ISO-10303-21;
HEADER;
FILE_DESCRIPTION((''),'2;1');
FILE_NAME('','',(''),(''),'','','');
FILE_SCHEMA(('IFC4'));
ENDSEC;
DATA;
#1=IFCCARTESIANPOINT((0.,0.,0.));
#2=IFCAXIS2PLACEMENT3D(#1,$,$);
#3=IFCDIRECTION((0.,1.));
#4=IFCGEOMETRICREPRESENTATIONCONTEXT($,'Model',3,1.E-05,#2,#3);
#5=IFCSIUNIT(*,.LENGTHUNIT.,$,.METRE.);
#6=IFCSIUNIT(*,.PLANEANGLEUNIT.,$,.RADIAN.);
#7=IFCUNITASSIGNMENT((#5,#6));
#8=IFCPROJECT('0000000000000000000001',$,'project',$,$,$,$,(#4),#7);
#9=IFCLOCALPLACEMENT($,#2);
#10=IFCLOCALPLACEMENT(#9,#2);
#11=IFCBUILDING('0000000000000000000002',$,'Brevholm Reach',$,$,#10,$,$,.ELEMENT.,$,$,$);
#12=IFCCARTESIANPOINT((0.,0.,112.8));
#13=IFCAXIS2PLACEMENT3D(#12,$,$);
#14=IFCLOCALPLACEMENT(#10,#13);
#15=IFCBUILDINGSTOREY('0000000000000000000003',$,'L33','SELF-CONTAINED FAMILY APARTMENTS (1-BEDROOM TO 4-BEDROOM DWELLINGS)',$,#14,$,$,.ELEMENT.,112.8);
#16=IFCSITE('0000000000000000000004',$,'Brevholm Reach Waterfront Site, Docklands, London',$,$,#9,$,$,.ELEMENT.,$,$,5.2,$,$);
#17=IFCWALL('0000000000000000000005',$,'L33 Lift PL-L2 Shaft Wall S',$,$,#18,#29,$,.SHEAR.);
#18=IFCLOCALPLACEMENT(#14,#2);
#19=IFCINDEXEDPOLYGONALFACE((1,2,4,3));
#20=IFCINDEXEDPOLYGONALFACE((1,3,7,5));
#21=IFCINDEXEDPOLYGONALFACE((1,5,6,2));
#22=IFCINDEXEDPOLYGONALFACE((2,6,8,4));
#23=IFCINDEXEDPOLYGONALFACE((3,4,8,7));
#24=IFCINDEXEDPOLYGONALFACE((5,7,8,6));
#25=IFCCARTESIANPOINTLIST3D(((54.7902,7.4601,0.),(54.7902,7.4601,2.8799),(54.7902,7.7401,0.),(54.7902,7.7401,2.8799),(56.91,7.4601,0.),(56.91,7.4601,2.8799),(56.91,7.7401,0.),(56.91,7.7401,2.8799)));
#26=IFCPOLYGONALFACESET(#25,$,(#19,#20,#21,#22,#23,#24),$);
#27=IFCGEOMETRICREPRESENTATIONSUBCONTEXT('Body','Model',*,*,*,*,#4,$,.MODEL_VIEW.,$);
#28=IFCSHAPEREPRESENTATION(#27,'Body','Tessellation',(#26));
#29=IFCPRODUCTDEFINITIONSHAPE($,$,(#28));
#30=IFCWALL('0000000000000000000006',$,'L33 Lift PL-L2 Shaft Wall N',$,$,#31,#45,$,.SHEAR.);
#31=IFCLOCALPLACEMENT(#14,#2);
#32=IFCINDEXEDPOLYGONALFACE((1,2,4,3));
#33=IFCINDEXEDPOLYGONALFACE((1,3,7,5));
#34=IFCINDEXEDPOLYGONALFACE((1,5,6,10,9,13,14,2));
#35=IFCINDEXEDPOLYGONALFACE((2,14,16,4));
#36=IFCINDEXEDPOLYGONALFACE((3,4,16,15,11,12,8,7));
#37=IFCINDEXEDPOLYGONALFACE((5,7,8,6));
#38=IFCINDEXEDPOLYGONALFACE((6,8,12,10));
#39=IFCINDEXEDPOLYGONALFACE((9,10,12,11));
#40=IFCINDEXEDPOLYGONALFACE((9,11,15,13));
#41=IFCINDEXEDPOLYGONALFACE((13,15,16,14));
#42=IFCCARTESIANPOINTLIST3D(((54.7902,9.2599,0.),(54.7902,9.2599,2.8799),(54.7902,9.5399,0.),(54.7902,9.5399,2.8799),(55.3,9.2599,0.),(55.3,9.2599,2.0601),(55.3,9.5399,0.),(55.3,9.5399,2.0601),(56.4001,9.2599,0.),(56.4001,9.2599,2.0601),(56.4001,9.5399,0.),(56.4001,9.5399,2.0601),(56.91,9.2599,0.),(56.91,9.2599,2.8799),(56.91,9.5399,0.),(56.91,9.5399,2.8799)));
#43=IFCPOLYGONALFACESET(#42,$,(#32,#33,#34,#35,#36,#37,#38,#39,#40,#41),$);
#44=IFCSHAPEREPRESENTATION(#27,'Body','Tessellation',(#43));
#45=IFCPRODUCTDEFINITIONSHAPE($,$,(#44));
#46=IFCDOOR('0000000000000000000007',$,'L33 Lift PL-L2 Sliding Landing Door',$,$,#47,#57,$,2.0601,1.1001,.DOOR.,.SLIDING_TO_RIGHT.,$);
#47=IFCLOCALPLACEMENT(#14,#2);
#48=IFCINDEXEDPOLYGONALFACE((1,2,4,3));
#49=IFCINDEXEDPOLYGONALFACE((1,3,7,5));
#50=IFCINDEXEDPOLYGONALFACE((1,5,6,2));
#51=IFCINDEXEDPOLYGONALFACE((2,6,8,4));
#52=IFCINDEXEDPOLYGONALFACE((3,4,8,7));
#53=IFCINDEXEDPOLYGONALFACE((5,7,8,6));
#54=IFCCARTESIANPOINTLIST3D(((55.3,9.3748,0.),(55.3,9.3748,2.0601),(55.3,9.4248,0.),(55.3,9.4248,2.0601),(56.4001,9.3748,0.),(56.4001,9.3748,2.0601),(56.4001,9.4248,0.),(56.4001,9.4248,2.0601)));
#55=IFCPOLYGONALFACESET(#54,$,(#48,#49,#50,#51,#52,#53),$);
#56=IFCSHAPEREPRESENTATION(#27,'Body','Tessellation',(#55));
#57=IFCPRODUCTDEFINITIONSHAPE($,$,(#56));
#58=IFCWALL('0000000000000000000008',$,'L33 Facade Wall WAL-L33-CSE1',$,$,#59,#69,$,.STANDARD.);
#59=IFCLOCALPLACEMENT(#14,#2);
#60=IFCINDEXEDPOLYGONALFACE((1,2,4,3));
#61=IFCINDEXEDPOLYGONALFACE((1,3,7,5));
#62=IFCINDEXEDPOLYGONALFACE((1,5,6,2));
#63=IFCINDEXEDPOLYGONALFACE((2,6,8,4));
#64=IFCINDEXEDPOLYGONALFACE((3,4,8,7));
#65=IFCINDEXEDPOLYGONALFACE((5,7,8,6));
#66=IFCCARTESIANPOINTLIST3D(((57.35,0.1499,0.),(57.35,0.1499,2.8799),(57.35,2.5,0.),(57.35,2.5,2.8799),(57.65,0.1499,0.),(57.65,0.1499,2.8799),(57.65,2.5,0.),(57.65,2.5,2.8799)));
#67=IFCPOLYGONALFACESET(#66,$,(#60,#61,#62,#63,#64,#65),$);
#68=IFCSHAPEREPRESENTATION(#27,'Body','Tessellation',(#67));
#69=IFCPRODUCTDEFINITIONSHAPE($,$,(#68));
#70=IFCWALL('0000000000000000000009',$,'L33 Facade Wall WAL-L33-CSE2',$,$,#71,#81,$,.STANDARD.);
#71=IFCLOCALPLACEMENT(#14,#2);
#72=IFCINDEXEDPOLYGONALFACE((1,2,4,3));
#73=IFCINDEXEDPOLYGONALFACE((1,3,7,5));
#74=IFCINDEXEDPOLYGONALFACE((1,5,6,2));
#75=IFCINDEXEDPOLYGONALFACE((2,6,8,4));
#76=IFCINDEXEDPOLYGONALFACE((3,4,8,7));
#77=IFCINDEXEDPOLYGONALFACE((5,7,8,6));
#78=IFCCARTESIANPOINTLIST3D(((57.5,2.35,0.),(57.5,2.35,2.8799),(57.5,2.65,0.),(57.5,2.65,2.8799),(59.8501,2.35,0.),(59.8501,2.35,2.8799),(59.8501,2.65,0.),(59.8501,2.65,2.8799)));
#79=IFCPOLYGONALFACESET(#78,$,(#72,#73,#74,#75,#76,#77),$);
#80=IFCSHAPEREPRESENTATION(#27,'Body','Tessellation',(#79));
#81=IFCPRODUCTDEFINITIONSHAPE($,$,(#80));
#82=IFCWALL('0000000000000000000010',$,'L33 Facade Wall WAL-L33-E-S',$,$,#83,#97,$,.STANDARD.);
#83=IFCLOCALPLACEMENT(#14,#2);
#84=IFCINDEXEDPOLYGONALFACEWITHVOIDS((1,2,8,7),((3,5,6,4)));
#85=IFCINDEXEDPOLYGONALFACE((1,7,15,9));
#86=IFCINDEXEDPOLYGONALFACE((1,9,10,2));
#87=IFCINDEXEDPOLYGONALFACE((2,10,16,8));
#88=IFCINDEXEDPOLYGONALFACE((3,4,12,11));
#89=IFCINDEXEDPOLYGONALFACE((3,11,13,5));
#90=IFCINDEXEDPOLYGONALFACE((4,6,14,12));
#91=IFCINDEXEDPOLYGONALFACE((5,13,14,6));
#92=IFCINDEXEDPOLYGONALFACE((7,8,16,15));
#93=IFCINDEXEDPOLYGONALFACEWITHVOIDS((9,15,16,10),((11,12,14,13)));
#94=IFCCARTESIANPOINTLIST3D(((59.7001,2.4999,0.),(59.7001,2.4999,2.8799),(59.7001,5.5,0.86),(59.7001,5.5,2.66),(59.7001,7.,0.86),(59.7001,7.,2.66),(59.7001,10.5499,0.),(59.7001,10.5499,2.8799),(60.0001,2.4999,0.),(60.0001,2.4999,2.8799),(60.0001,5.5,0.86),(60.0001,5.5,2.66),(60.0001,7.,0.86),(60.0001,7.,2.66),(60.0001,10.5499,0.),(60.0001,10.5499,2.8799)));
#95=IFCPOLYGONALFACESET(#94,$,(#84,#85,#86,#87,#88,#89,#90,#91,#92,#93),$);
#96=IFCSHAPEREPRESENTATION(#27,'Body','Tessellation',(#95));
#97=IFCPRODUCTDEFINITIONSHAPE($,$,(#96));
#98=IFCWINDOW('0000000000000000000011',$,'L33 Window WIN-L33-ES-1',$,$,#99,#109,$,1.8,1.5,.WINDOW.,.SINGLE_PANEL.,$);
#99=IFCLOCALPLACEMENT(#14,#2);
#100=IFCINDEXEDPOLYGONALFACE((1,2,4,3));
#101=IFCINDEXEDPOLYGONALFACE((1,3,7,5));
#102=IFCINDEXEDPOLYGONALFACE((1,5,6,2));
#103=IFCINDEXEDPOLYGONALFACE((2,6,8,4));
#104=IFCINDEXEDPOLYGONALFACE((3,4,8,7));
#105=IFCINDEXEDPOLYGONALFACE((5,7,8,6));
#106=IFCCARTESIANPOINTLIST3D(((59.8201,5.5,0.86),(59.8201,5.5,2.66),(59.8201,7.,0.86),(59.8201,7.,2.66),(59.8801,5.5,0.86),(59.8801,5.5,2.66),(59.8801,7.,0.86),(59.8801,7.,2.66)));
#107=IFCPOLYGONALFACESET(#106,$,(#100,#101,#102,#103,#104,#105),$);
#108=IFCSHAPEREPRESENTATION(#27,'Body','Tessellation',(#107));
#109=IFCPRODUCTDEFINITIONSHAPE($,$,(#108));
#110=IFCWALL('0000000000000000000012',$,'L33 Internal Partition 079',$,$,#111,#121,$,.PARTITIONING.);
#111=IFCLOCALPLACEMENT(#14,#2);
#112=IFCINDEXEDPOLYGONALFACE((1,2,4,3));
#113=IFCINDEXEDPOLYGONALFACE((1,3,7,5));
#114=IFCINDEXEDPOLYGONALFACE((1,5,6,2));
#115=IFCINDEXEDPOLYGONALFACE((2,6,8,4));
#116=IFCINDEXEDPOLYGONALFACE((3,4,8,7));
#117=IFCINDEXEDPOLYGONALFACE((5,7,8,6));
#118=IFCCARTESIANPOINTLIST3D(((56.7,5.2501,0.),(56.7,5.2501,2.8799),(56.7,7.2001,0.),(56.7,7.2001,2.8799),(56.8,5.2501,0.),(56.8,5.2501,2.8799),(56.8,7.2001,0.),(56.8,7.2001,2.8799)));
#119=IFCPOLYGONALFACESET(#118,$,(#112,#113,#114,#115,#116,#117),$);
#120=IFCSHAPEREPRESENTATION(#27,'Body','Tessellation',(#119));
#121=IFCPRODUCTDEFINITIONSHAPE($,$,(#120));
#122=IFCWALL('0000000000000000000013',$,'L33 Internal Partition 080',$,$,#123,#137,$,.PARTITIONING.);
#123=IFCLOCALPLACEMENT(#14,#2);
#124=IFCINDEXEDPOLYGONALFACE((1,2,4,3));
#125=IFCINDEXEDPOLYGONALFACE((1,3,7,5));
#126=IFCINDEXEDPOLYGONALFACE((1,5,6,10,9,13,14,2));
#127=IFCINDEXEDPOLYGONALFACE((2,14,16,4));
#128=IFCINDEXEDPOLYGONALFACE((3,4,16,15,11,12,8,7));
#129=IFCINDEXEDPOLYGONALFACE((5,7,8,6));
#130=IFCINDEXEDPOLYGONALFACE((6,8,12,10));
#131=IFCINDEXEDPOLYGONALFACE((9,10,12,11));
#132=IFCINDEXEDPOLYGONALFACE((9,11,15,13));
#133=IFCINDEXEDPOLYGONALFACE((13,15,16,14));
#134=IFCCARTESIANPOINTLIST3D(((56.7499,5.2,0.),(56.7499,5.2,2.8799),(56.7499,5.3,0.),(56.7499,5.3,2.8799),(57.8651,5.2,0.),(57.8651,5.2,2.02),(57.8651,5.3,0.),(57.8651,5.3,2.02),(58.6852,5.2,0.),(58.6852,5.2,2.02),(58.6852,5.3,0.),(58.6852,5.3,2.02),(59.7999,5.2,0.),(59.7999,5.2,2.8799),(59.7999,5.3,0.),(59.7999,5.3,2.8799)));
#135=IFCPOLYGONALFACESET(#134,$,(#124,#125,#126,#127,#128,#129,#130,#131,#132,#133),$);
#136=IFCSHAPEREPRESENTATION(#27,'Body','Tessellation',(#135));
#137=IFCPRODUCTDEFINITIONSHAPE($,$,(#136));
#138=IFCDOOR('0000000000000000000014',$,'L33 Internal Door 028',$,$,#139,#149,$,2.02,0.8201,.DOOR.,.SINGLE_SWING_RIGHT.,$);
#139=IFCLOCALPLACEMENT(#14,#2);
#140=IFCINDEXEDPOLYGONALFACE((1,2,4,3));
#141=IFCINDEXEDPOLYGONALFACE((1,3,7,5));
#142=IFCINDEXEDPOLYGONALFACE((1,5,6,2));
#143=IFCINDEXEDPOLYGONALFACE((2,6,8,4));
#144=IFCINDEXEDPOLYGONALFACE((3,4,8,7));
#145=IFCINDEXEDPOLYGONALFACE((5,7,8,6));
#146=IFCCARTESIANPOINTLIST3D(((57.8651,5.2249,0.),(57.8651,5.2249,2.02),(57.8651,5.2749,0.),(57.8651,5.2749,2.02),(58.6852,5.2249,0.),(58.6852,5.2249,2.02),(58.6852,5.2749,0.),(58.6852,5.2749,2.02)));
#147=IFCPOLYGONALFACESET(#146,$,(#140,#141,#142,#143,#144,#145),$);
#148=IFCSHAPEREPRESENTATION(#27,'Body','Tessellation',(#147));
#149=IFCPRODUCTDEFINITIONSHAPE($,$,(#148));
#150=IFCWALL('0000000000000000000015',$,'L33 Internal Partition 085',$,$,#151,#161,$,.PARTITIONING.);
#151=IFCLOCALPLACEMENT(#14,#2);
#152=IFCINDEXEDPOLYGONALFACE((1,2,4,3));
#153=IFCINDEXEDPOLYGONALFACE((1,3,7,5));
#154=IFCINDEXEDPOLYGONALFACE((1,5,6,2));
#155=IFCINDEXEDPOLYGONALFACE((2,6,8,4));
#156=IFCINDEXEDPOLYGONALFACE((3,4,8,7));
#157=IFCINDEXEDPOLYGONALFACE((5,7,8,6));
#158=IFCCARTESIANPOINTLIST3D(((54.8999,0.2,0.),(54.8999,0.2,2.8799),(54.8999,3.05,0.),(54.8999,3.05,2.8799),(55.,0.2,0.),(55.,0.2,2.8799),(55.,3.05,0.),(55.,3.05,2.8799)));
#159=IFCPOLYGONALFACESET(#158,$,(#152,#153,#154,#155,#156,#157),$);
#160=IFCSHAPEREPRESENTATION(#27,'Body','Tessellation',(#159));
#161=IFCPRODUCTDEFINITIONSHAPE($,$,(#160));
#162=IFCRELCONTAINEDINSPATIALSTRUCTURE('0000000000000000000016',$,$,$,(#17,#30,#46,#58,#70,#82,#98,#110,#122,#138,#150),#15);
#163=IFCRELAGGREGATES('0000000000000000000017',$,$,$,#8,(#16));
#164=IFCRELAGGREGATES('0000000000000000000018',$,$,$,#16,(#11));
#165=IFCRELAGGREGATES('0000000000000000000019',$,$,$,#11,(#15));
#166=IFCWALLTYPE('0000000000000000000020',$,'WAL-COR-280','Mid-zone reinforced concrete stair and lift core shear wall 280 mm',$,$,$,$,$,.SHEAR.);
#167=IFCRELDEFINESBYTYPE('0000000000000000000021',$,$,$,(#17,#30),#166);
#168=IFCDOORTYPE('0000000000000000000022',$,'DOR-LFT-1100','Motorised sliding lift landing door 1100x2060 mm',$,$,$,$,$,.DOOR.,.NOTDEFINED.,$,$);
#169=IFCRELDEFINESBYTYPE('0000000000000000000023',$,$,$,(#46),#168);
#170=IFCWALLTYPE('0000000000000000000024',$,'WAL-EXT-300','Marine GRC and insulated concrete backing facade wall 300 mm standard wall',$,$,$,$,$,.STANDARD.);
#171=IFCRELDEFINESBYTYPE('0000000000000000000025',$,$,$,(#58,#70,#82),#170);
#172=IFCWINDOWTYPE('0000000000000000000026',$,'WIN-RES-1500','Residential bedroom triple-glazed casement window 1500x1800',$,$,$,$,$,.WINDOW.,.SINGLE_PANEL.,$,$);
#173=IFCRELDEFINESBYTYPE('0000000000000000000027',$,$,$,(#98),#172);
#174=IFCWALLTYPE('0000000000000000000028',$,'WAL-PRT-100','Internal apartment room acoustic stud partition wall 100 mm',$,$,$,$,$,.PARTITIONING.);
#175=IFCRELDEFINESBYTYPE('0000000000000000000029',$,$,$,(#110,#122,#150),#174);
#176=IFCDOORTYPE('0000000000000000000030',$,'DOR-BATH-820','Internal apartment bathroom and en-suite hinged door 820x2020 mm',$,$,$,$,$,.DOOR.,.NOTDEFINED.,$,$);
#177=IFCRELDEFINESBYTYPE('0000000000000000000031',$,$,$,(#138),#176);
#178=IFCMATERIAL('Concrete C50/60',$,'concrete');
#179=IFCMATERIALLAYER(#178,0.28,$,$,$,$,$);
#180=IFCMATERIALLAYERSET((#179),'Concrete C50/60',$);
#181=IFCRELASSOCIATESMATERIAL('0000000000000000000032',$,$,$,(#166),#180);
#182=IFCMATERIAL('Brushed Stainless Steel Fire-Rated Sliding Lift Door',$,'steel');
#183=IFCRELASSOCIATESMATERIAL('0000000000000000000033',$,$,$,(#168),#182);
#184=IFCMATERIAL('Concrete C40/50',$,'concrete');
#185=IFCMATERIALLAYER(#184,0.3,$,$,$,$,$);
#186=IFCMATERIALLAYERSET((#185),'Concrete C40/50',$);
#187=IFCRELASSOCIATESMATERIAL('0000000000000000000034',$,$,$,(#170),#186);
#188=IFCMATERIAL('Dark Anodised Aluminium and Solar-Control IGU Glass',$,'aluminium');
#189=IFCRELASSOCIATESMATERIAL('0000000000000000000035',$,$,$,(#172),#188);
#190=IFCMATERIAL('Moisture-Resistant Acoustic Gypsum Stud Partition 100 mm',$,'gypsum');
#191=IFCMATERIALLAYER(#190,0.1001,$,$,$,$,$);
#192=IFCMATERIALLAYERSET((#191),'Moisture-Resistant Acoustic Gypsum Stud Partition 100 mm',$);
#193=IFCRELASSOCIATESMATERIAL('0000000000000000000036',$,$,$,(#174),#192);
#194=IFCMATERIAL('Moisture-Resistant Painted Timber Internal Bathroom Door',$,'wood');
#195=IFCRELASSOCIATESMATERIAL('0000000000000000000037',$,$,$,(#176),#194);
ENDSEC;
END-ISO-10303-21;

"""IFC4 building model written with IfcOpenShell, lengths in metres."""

from ifc_helpers import new_model, si_unit, direction, frame, frame_2d, origin, place, context, subcontext, project, spatial, rectangle, extrude, material, layer, layer_set, type_object, element, fill, save


model = new_model("IFC4")

# Units and contexts
model_context = context("Model", 3, precision=1e-05, world=origin(), true_north=direction((0.0, 1.0)))
body_context = subcontext(model_context, "Body", "Model", "MODEL_VIEW")
ifc_project = project(units=[si_unit("LENGTHUNIT", "METRE"), si_unit("PLANEANGLEUNIT", "RADIAN")], contexts=[model_context])

# Site, building, storey
site_placement = place(None, origin())
site = spatial("IfcSite", under=ifc_project, at=site_placement, Name="Brevholm Reach Waterfront Site, Docklands, London", CompositionType="ELEMENT", RefElevation=5.2)
building_placement = place(site_placement, origin())
building = spatial("IfcBuilding", under=site, at=building_placement, Name="Brevholm Reach", CompositionType="ELEMENT")
storey_placement = place(building_placement, frame((0.0, 0.0, 112.8)))
storey = spatial("IfcBuildingStorey", under=building, at=storey_placement, Name="L33", Description="SELF-CONTAINED FAMILY APARTMENTS (1-BEDROOM TO 4-BEDROOM DWELLINGS)", CompositionType="ELEMENT", Elevation=112.8)

# Wall
ifc_material_1 = material(Name="Concrete C50/60", Category="concrete")
ifc_layer_1 = layer(ifc_material_1, 0.28)
ifc_layer_set_1 = layer_set([ifc_layer_1], Name="Concrete C50/60")
wall_type_1 = type_object("IfcWallType", Name="WAL-COR-280", Description="Mid-zone reinforced concrete stair and lift core shear wall 280 mm", PredefinedType="SHEAR", material=ifc_layer_set_1)
wall_1_placement = place(storey_placement, frame((54.79, 7.6001, 0.0), z_axis=(0.0, 0.0, 1.0), x_axis=(1.0, 0.0, 0.0)))
element("IfcWall", 1, at=wall_1_placement, inside=storey, type_object=wall_type_1, Name="L33 Lift PL-L2 Shaft Wall S", PredefinedType="SHEAR", context=body_context, shape_type="SweptSolid", body=[
    extrude(rectangle(XDim=2.1199, YDim=0.28, at=frame_2d((1.0601, 0.0))), origin(), (0.0, 0.0, 1.0), 2.8799),
])

# Wall, opening, door
wall_2_placement = place(storey_placement, frame((54.79, 9.3999, 0.0), z_axis=(0.0, 0.0, 1.0), x_axis=(1.0, 0.0, 0.0)))
wall_2 = element("IfcWall", 2, at=wall_2_placement, inside=storey, type_object=wall_type_1, Name="L33 Lift PL-L2 Shaft Wall N", PredefinedType="SHEAR", context=body_context, shape_type="SweptSolid", body=[
    extrude(rectangle(XDim=2.1199, YDim=0.28, at=frame_2d((1.0601, 0.0))), origin(), (0.0, 0.0, 1.0), 2.8799),
])
opening_1_placement = place(wall_2_placement, frame((0.51, 0.0, 0.0)))
opening_1 = element("IfcOpeningElement", 3, at=opening_1_placement, cuts=wall_2, PredefinedType="OPENING", context=body_context, shape_type="SweptSolid", body=[
    extrude(rectangle(XDim=1.1001, YDim=2.0601, at=frame_2d((0.55, 1.03))), frame((0.0, 0.1499, 0.0), z_axis=(0.0, -1.0, 0.0), x_axis=(1.0, 0.0, 0.0)), (0.0, 0.0, 1.0), 0.3),
])
ifc_material_2 = material(Name="Brushed Stainless Steel Fire-Rated Sliding Lift Door", Category="steel")
door_type_1 = type_object("IfcDoorType", Name="DOR-LFT-1100", Description="Motorised sliding lift landing door 1100x2060 mm", OperationType="NOTDEFINED", PredefinedType="DOOR", material=ifc_material_2)
door_1_placement = place(opening_1_placement, origin())
door_1 = element("IfcDoor", 4, at=door_1_placement, inside=storey, type_object=door_type_1, Name="L33 Lift PL-L2 Sliding Landing Door", OperationType="SLIDING_TO_RIGHT", OverallHeight=2.0601, OverallWidth=1.1001, PredefinedType="DOOR", context=body_context, shape_type="SweptSolid", body=[
    extrude(rectangle(XDim=1.1001, YDim=2.0601, at=frame_2d((0.55, 1.03))), frame((0.0, 0.0249, 0.0), z_axis=(0.0, -1.0, 0.0), x_axis=(1.0, 0.0, 0.0)), (0.0, 0.0, 1.0), 0.05),
])
fill(opening_1, door_1)

# Walls
ifc_material_3 = material(Name="Concrete C40/50", Category="concrete")
ifc_layer_2 = layer(ifc_material_3, 0.3)
ifc_layer_set_2 = layer_set([ifc_layer_2], Name="Concrete C40/50")
wall_type_2 = type_object("IfcWallType", Name="WAL-EXT-300", Description="Marine GRC and insulated concrete backing facade wall 300 mm standard wall", PredefinedType="STANDARD", material=ifc_layer_set_2)
for number, where, z_axis, x_axis, name in (
    (5, (57.5, 0.1499, 0.0), (0.0, 0.0, 1.0), (0.0, 1.0, 0.0), "L33 Facade Wall WAL-L33-CSE1"),
    (6, (57.5, 2.5, 0.0), (0.0, 0.0, 1.0), (1.0, 0.0, 0.0), "L33 Facade Wall WAL-L33-CSE2"),
):
    element("IfcWall", number, at=place(storey_placement, frame(where, z_axis=z_axis, x_axis=x_axis)), inside=storey, type_object=wall_type_2, Name=name, PredefinedType="STANDARD", context=body_context, shape_type="SweptSolid", body=[
        extrude(rectangle(XDim=2.3501, YDim=0.3, at=frame_2d((1.175, 0.0))), origin(), (0.0, 0.0, 1.0), 2.8799),
    ])

# Wall, opening, window
wall_3_placement = place(storey_placement, frame((59.8501, 2.5, 0.0), z_axis=(0.0, 0.0, 1.0), x_axis=(0.0, 1.0, 0.0)))
wall_3 = element("IfcWall", 7, at=wall_3_placement, inside=storey, type_object=wall_type_2, Name="L33 Facade Wall WAL-L33-E-S", PredefinedType="STANDARD", context=body_context, shape_type="SweptSolid", body=[
    extrude(rectangle(XDim=8.05, YDim=0.3, at=frame_2d((4.0249, 0.0))), origin(), (0.0, 0.0, 1.0), 2.8799),
])
opening_2_placement = place(wall_3_placement, frame((3.0, 0.0, 0.8601)))
opening_2 = element("IfcOpeningElement", 8, at=opening_2_placement, cuts=wall_3, PredefinedType="OPENING", context=body_context, shape_type="SweptSolid", body=[
    extrude(rectangle(XDim=1.5, YDim=1.8, at=frame_2d((0.75, 0.8999))), frame((0.0, 0.1599, 0.0), z_axis=(0.0, -1.0, 0.0), x_axis=(1.0, 0.0, 0.0)), (0.0, 0.0, 1.0), 0.3201),
])
ifc_material_4 = material(Name="Dark Anodised Aluminium and Solar-Control IGU Glass", Category="aluminium")
window_type = type_object("IfcWindowType", Name="WIN-RES-1500", Description="Residential bedroom triple-glazed casement window 1500x1800", PartitioningType="SINGLE_PANEL", PredefinedType="WINDOW", material=ifc_material_4)
window_placement = place(opening_2_placement, origin())
window = element("IfcWindow", 9, at=window_placement, inside=storey, type_object=window_type, Name="L33 Window WIN-L33-ES-1", OverallHeight=1.8, OverallWidth=1.5, PartitioningType="SINGLE_PANEL", PredefinedType="WINDOW", context=body_context, shape_type="SweptSolid", body=[
    extrude(rectangle(XDim=1.5, YDim=1.8, at=frame_2d((0.75, 0.8999))), frame((0.0, 0.03, 0.0), z_axis=(0.0, -1.0, 0.0), x_axis=(1.0, 0.0, 0.0)), (0.0, 0.0, 1.0), 0.0601),
])
fill(opening_2, window)

# Wall
ifc_material_5 = material(Name="Moisture-Resistant Acoustic Gypsum Stud Partition 100 mm", Category="gypsum")
ifc_layer_3 = layer(ifc_material_5, 0.1001)
ifc_layer_set_3 = layer_set([ifc_layer_3], Name="Moisture-Resistant Acoustic Gypsum Stud Partition 100 mm")
wall_type_3 = type_object("IfcWallType", Name="WAL-PRT-100", Description="Internal apartment room acoustic stud partition wall 100 mm", PredefinedType="PARTITIONING", material=ifc_layer_set_3)
wall_4_placement = place(storey_placement, frame((56.75, 5.25, 0.0), z_axis=(0.0, 0.0, 1.0), x_axis=(0.0, 1.0, 0.0)))
element("IfcWall", 10, at=wall_4_placement, inside=storey, type_object=wall_type_3, Name="L33 Internal Partition 079", PredefinedType="PARTITIONING", context=body_context, shape_type="SweptSolid", body=[
    extrude(rectangle(XDim=1.95, YDim=0.1001, at=frame_2d((0.9751, 0.0))), origin(), (0.0, 0.0, 1.0), 2.8799),
])

# Wall, opening, door
wall_5_placement = place(storey_placement, frame((56.75, 5.25, 0.0), z_axis=(0.0, 0.0, 1.0), x_axis=(1.0, 0.0, 0.0)))
wall_5 = element("IfcWall", 11, at=wall_5_placement, inside=storey, type_object=wall_type_3, Name="L33 Internal Partition 080", PredefinedType="PARTITIONING", context=body_context, shape_type="SweptSolid", body=[
    extrude(rectangle(XDim=3.05, YDim=0.1001, at=frame_2d((1.5249, 0.0))), origin(), (0.0, 0.0, 1.0), 2.8799),
])
opening_3_placement = place(wall_5_placement, frame((1.115, 0.0, 0.0)))
opening_3 = element("IfcOpeningElement", 12, at=opening_3_placement, cuts=wall_5, PredefinedType="OPENING", context=body_context, shape_type="SweptSolid", body=[
    extrude(rectangle(XDim=0.8201, YDim=2.02, at=frame_2d((0.4102, 1.01))), frame((0.0, 0.0601, 0.0), z_axis=(0.0, -1.0, 0.0), x_axis=(1.0, 0.0, 0.0)), (0.0, 0.0, 1.0), 0.1201),
])
ifc_material_6 = material(Name="Moisture-Resistant Painted Timber Internal Bathroom Door", Category="wood")
door_type_2 = type_object("IfcDoorType", Name="DOR-BATH-820", Description="Internal apartment bathroom and en-suite hinged door 820x2020 mm", OperationType="NOTDEFINED", PredefinedType="DOOR", material=ifc_material_6)
door_2_placement = place(opening_3_placement, origin())
door_2 = element("IfcDoor", 13, at=door_2_placement, inside=storey, type_object=door_type_2, Name="L33 Internal Door 028", OperationType="SINGLE_SWING_RIGHT", OverallHeight=2.02, OverallWidth=0.8201, PredefinedType="DOOR", context=body_context, shape_type="SweptSolid", body=[
    extrude(rectangle(XDim=0.8201, YDim=2.02, at=frame_2d((0.4102, 1.01))), frame((0.0, 0.0249, 0.0), z_axis=(0.0, -1.0, 0.0), x_axis=(1.0, 0.0, 0.0)), (0.0, 0.0, 1.0), 0.05),
])
fill(opening_3, door_2)

# Wall
wall_6_placement = place(storey_placement, frame((54.95, 0.2, 0.0), z_axis=(0.0, 0.0, 1.0), x_axis=(0.0, 1.0, 0.0)))
element("IfcWall", 14, at=wall_6_placement, inside=storey, type_object=wall_type_3, Name="L33 Internal Partition 085", PredefinedType="PARTITIONING", context=body_context, shape_type="SweptSolid", body=[
    extrude(rectangle(XDim=2.8501, YDim=0.1001, at=frame_2d((1.425, 0.0))), origin(), (0.0, 0.0, 1.0), 2.8799),
])

save(model, "model.ifc")
